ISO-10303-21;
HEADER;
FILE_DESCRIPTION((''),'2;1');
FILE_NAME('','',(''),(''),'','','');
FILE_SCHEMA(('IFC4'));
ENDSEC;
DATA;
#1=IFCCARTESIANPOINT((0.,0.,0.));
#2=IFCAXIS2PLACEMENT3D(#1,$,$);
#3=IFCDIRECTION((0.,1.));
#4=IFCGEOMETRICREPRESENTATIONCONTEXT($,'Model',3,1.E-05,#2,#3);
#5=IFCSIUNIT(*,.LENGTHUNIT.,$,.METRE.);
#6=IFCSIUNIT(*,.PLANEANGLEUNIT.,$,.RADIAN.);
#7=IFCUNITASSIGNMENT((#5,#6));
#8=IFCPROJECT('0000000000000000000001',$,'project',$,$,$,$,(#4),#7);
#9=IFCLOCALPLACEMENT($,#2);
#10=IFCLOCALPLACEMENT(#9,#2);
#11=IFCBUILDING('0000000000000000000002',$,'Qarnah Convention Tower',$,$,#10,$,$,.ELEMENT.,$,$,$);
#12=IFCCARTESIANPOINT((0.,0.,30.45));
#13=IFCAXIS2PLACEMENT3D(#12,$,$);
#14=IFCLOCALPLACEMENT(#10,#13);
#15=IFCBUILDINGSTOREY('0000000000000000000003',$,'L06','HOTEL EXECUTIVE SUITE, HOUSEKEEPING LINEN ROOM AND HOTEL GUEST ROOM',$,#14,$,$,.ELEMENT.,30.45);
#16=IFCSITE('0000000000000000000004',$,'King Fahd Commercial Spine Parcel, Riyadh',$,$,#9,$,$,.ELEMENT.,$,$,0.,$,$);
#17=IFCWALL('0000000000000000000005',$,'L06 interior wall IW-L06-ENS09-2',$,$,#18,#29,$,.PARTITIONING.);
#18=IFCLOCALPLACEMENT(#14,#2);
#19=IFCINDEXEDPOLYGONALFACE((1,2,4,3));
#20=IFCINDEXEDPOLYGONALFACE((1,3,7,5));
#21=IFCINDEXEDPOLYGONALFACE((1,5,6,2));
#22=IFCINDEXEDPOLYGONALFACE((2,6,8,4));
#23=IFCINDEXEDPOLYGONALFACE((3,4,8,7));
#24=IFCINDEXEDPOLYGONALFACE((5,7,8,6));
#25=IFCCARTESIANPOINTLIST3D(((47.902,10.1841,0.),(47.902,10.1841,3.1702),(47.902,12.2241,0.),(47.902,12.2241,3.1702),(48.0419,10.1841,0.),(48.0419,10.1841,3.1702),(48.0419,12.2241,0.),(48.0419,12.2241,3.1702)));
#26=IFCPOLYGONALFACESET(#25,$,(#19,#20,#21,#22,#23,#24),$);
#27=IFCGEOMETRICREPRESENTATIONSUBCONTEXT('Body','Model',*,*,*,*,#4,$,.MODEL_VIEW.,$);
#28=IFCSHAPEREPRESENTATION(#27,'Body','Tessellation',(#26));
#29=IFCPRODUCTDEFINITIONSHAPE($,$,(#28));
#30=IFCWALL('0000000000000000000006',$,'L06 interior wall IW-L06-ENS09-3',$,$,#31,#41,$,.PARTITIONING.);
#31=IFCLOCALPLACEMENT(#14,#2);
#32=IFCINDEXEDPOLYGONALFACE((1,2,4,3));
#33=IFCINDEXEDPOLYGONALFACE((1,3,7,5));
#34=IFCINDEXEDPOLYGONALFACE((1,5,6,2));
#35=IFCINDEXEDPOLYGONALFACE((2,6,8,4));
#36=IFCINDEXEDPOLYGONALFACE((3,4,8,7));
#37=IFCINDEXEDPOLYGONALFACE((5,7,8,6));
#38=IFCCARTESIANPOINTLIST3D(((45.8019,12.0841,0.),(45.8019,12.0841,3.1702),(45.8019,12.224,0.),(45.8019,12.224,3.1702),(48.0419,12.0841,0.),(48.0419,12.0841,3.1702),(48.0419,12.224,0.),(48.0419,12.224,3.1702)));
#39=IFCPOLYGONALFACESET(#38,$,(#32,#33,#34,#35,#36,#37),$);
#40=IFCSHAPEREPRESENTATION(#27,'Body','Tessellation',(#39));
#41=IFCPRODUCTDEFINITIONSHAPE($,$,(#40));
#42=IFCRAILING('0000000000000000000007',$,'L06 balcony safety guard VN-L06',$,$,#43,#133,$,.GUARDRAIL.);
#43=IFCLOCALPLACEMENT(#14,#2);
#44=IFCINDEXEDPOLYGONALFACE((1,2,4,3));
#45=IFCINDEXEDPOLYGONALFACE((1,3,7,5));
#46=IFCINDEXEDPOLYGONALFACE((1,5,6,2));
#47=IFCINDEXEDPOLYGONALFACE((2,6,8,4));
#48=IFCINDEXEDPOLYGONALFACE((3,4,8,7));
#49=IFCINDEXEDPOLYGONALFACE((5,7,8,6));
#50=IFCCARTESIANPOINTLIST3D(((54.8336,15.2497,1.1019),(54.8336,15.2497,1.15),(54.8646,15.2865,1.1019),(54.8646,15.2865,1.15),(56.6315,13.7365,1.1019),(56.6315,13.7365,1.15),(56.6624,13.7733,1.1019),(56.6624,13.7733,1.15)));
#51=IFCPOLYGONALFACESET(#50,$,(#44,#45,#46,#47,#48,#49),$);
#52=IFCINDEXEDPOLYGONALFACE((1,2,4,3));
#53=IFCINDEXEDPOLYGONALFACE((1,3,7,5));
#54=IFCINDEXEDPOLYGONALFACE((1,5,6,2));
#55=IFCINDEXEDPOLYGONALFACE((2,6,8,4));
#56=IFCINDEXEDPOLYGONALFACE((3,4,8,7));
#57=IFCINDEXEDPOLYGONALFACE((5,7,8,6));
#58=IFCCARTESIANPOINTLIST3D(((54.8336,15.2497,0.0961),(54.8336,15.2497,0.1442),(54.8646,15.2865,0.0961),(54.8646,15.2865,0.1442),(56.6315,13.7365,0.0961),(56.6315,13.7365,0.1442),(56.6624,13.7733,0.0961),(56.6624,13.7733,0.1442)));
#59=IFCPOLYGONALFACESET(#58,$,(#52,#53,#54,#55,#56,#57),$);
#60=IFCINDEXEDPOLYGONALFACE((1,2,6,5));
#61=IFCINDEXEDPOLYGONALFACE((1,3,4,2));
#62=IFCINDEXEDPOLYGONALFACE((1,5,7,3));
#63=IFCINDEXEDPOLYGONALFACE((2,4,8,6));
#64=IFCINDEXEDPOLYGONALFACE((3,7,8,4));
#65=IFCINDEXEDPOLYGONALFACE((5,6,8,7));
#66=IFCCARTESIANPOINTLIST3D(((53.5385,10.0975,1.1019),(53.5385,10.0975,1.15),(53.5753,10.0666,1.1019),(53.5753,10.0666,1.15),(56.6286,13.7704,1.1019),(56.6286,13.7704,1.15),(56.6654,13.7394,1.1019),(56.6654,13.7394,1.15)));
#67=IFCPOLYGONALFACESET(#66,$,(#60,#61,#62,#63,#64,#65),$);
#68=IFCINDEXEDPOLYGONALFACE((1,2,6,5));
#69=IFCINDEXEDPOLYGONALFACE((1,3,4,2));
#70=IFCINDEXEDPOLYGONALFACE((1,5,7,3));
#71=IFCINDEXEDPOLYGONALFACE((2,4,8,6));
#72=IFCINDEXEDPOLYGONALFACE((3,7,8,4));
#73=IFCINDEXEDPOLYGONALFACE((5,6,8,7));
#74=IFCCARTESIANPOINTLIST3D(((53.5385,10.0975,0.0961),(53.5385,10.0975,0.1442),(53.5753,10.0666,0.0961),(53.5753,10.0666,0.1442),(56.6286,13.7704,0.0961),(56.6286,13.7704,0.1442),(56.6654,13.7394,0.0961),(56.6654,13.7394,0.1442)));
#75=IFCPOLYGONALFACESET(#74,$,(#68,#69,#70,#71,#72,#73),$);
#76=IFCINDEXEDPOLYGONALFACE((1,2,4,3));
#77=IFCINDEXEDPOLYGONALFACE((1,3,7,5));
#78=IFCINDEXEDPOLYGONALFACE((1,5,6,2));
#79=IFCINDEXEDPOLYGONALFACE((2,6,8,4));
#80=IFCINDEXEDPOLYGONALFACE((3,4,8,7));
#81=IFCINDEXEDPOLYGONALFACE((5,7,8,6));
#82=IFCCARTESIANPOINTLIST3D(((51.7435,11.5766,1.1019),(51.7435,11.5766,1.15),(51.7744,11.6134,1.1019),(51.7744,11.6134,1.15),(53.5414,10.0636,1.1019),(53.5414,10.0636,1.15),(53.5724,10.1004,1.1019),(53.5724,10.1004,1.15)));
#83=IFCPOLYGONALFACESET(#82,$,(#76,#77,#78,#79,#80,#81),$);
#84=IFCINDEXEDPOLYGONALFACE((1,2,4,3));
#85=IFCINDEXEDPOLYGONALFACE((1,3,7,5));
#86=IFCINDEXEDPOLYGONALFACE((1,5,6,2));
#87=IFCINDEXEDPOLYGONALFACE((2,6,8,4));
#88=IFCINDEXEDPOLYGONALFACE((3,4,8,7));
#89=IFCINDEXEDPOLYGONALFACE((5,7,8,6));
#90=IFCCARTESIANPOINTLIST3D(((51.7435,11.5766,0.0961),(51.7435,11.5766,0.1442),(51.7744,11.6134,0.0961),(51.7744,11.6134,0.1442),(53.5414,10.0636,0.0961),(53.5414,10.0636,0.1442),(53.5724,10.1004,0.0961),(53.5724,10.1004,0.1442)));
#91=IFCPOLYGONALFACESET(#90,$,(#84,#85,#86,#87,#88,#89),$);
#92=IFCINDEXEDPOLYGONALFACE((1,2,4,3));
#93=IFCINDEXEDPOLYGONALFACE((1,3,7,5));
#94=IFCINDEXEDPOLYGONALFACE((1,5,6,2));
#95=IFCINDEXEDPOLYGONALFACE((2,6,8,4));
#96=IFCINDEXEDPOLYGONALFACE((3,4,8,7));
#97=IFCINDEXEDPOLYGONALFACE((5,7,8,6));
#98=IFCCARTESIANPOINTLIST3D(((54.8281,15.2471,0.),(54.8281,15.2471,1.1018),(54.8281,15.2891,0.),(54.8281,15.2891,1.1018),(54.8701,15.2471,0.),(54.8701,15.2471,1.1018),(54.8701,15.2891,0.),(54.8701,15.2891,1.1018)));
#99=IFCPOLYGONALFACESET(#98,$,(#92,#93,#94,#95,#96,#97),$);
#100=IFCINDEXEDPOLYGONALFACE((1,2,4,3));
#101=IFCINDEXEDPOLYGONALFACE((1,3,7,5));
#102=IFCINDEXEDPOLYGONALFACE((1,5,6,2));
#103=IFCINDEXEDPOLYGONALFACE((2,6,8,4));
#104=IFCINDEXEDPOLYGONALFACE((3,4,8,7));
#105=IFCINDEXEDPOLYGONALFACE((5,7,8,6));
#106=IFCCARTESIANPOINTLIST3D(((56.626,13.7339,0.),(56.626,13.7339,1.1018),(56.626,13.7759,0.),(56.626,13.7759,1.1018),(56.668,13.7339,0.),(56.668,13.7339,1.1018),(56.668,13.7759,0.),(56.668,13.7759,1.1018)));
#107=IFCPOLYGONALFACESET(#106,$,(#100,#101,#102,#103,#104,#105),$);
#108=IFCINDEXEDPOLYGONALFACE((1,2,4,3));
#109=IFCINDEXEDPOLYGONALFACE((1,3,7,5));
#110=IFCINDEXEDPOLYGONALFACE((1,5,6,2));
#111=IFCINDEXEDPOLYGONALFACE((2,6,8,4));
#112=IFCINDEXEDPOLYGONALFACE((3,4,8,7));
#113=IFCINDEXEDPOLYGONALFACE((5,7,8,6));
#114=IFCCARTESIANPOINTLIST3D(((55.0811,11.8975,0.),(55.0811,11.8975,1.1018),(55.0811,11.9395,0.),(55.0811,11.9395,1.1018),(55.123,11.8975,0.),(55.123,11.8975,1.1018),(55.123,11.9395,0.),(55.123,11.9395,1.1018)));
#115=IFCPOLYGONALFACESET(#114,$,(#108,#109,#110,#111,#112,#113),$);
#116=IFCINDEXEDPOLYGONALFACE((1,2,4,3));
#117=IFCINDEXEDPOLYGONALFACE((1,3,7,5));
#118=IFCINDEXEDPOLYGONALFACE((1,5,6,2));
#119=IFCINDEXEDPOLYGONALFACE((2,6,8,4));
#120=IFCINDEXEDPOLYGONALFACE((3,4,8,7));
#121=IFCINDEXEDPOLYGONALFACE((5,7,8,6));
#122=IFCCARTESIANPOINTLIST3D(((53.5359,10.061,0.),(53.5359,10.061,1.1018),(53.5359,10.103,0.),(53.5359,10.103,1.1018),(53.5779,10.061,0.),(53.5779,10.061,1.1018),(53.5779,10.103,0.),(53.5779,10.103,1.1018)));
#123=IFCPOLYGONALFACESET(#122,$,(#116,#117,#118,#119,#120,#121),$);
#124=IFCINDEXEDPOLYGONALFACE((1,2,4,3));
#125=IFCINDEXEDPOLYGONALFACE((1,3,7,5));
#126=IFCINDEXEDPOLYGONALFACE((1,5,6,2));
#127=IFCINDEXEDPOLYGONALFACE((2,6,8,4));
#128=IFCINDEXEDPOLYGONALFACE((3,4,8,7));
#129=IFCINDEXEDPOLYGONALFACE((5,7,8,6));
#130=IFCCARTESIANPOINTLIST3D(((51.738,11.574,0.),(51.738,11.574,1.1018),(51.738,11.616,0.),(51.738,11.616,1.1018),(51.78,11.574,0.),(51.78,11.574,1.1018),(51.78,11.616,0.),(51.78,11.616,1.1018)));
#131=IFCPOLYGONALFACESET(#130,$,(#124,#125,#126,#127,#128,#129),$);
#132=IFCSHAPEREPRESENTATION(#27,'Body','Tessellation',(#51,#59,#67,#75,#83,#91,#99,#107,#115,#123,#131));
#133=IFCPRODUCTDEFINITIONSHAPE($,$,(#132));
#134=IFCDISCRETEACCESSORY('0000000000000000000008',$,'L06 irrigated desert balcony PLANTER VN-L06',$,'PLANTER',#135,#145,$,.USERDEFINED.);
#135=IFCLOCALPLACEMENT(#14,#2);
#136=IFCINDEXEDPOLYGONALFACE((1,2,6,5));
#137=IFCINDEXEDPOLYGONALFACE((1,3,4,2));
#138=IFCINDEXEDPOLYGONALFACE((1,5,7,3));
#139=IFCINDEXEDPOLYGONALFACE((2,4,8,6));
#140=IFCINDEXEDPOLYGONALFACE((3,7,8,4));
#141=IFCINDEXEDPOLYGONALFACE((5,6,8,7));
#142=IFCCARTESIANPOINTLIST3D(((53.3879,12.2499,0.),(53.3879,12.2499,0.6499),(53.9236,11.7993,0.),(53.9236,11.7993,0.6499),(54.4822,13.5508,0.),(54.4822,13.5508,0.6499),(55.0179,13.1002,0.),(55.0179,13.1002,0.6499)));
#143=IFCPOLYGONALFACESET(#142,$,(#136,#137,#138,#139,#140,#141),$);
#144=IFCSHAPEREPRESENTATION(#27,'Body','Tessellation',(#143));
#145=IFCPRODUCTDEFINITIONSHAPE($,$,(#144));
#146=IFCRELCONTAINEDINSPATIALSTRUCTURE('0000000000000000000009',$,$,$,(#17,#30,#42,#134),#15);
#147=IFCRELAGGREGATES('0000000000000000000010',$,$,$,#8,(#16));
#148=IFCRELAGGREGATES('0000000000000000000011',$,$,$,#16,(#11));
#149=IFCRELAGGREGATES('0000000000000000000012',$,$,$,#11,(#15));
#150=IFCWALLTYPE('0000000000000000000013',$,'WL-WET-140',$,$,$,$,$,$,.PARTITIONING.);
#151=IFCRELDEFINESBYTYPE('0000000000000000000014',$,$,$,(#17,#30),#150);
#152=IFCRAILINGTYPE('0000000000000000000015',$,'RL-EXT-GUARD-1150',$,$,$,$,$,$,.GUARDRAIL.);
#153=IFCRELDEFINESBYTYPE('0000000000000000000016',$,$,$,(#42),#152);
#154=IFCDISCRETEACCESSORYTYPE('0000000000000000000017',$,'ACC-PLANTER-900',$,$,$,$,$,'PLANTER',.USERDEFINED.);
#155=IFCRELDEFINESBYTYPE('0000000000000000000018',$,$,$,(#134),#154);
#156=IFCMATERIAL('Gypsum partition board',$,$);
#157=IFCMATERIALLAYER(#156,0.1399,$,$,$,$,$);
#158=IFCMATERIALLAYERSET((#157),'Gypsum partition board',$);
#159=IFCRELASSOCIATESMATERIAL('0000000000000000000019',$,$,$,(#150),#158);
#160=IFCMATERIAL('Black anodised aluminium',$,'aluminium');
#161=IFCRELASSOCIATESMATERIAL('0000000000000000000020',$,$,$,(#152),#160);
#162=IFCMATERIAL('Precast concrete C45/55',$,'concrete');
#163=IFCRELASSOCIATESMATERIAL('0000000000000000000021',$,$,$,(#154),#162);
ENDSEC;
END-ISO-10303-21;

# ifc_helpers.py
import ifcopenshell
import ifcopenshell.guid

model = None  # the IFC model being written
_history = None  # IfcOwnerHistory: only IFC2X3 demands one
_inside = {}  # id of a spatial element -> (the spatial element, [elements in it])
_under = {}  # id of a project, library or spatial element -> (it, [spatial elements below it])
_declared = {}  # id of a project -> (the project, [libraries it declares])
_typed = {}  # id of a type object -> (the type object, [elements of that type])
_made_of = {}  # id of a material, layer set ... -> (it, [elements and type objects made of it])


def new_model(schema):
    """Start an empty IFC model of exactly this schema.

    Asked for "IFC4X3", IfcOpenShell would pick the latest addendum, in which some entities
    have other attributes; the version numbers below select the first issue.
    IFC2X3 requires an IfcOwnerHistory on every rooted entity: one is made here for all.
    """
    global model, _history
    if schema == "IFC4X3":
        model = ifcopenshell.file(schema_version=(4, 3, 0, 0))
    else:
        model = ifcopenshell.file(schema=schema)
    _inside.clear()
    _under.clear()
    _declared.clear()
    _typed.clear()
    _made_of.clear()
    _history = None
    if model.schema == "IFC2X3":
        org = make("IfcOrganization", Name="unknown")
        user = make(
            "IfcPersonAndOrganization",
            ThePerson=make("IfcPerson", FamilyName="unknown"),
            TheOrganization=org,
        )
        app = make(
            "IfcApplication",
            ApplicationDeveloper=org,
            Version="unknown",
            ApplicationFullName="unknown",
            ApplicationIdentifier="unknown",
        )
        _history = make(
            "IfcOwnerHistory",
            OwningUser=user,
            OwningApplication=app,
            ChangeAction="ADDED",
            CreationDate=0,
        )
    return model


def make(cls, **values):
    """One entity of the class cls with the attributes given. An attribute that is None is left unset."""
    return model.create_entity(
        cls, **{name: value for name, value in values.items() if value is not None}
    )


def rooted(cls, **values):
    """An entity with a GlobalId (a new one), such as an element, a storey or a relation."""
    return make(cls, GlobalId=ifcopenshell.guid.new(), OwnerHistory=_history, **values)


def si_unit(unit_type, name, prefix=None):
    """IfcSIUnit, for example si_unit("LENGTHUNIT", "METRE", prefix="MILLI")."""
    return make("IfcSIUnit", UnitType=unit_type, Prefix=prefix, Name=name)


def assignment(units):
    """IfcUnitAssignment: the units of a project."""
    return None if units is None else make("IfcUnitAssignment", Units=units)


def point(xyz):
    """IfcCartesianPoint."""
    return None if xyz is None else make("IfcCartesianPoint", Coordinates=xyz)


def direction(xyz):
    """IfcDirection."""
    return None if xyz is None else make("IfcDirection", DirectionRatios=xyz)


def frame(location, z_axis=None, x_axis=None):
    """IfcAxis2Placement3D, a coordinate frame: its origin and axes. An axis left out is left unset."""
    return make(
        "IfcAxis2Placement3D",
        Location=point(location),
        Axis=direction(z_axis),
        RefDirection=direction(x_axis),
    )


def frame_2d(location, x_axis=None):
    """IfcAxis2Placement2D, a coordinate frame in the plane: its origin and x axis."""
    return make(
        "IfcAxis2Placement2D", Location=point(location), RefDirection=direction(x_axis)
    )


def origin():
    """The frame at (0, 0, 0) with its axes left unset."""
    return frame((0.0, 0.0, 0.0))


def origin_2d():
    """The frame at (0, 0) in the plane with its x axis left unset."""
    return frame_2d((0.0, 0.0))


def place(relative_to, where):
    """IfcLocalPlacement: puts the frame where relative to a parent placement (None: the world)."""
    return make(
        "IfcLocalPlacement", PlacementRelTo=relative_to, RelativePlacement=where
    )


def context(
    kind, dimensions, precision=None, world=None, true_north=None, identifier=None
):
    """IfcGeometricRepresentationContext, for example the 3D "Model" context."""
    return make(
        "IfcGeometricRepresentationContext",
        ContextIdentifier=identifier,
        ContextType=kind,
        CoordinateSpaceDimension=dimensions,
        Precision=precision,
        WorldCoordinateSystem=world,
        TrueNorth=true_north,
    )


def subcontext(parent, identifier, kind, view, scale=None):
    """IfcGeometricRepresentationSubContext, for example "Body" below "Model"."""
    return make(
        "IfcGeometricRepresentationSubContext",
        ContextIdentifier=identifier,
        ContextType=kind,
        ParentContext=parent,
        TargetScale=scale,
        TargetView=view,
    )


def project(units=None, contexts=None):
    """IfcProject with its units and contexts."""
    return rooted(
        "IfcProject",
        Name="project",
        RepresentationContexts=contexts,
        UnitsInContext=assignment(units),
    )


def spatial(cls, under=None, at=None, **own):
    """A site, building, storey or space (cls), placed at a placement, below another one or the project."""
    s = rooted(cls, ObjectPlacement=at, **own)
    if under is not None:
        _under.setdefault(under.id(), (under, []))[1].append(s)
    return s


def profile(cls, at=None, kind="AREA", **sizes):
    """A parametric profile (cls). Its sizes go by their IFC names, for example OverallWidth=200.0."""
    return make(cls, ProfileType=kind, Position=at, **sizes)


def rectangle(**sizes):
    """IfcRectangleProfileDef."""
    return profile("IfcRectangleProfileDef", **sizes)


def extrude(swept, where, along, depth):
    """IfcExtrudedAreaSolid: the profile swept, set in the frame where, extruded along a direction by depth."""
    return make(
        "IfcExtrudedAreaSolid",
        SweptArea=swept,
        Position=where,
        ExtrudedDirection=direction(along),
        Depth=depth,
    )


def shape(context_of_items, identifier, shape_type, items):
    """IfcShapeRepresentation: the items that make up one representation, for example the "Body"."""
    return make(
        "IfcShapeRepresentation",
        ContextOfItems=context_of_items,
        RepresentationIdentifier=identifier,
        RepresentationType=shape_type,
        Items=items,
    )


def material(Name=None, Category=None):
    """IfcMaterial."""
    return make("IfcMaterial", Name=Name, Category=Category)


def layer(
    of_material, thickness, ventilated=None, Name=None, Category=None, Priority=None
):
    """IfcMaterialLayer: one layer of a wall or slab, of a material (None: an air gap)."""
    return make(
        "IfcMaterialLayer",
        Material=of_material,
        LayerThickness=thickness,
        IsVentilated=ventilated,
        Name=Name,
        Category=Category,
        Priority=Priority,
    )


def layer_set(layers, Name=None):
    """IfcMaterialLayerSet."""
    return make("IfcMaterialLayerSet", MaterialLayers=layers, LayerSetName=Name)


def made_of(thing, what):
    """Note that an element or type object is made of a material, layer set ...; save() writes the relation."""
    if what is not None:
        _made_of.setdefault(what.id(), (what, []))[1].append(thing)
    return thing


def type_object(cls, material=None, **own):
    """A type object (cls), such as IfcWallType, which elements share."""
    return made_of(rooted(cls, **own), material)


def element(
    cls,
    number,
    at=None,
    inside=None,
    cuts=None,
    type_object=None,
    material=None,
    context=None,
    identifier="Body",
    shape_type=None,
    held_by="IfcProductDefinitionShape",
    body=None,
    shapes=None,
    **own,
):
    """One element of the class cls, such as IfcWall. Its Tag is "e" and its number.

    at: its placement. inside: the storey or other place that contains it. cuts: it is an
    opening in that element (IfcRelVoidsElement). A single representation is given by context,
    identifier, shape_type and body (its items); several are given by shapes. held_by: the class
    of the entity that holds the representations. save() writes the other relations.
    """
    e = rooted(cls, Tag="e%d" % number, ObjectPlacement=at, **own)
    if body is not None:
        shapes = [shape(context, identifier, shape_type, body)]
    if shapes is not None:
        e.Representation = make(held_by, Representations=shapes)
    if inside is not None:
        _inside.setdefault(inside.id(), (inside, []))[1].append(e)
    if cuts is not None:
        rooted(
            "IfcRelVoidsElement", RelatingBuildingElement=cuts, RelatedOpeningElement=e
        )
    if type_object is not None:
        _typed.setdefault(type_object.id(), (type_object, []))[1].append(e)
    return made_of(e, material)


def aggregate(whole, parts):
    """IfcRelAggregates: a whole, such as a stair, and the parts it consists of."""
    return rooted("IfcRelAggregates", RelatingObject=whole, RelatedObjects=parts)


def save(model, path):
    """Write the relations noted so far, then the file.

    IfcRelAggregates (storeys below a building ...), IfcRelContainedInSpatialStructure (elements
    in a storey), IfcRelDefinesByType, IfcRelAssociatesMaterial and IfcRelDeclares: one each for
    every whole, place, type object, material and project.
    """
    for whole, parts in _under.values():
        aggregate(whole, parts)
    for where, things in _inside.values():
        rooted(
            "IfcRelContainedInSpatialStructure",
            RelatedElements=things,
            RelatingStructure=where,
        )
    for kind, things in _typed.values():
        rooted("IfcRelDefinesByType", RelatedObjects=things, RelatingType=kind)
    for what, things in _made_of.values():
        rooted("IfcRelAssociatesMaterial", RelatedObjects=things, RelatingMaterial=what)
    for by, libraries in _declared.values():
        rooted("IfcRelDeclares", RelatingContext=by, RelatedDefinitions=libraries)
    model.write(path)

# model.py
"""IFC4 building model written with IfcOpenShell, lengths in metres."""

from ifc_helpers import new_model, si_unit, direction, frame, frame_2d, origin, origin_2d, place, context, subcontext, project, spatial, rectangle, extrude, material, layer, layer_set, type_object, element, save


model = new_model("IFC4")

# Units and contexts
model_context = context("Model", 3, precision=1e-05, world=origin(), true_north=direction((0.0, 1.0)))
body_context = subcontext(model_context, "Body", "Model", "MODEL_VIEW")
ifc_project = project(units=[si_unit("LENGTHUNIT", "METRE"), si_unit("PLANEANGLEUNIT", "RADIAN")], contexts=[model_context])

# Site, building, storey
site_placement = place(None, origin())
site = spatial("IfcSite", under=ifc_project, at=site_placement, Name="King Fahd Commercial Spine Parcel, Riyadh", CompositionType="ELEMENT", RefElevation=0.0)
building_placement = place(site_placement, origin())
building = spatial("IfcBuilding", under=site, at=building_placement, Name="Qarnah Convention Tower", CompositionType="ELEMENT")
storey_placement = place(building_placement, frame((0.0, 0.0, 30.45)))
storey = spatial("IfcBuildingStorey", under=building, at=storey_placement, Name="L06", Description="HOTEL EXECUTIVE SUITE, HOUSEKEEPING LINEN ROOM AND HOTEL GUEST ROOM", CompositionType="ELEMENT", Elevation=30.45)

# Shared definitions
ifc_material_1 = material(Name="Black anodised aluminium", Category="aluminium")

# Shared definitions
ifc_material_2 = material(Name="Precast concrete C45/55", Category="concrete")
ifc_material_3 = material(Name="Gypsum partition board")

# Walls
ifc_layer_1 = layer(ifc_material_3, 0.1399)
ifc_layer_set_1 = layer_set([ifc_layer_1], Name="Gypsum partition board")
wall_type_1 = type_object("IfcWallType", Name="WL-WET-140", PredefinedType="PARTITIONING", material=ifc_layer_set_1)
wall_1_placement = place(storey_placement, frame((47.9719, 10.1841, 0.0), z_axis=(0.0, 0.0, 1.0), x_axis=(0.0, 1.0, 0.0)))
element("IfcWall", 1, at=wall_1_placement, inside=storey, type_object=wall_type_1, Name="L06 interior wall IW-L06-ENS09-2", PredefinedType="PARTITIONING", context=body_context, shape_type="SweptSolid", body=[
    extrude(rectangle(XDim=2.04, YDim=0.1399, at=frame_2d((1.02, 0.0))), origin(), (0.0, 0.0, 1.0), 3.1702),
])
wall_2_placement = place(storey_placement, frame((48.042, 12.1541, 0.0), z_axis=(0.0, 0.0, 1.0), x_axis=(-1.0, 0.0, 0.0)))
element("IfcWall", 2, at=wall_2_placement, inside=storey, type_object=wall_type_1, Name="L06 interior wall IW-L06-ENS09-3", PredefinedType="PARTITIONING", context=body_context, shape_type="SweptSolid", body=[
    extrude(rectangle(XDim=2.24, YDim=0.1399, at=frame_2d((1.1201, 0.0))), origin(), (0.0, 0.0, 1.0), 3.1702),
])

# Railing
railing_type = type_object("IfcRailingType", Name="RL-EXT-GUARD-1150", PredefinedType="GUARDRAIL", material=ifc_material_1)
railing_placement = place(storey_placement, frame((54.8491, 15.2681, 0.0)))
element("IfcRailing", 3, at=railing_placement, inside=storey, type_object=railing_type, Name="L06 balcony safety guard VN-L06", PredefinedType="GUARDRAIL", context=body_context, shape_type="SweptSolid", body=[
    extrude(rectangle(XDim=0.0481, YDim=0.0481, at=origin_2d()), frame((0.0, 0.0, 1.126), z_axis=(0.765078, -0.643937, 0.0), x_axis=(0.643937, 0.765078, 0.0)), (0.0, 0.0, 1.0), 2.3499),
    extrude(rectangle(XDim=0.0481, YDim=0.0481, at=origin_2d()), frame((0.0, 0.0, 0.1201), z_axis=(0.765078, -0.643937, 0.0), x_axis=(0.643937, 0.765078, 0.0)), (0.0, 0.0, 1.0), 2.3499),
    extrude(rectangle(XDim=0.0481, YDim=0.0481, at=origin_2d()), frame((1.7979, -1.5132, 1.126), z_axis=(-0.64379, -0.765203, 0.0), x_axis=(0.765203, -0.64379, 0.0)), (0.0, 0.0, 1.0), 4.7998),
    extrude(rectangle(XDim=0.0481, YDim=0.0481, at=origin_2d()), frame((1.7979, -1.5132, 0.1201), z_axis=(-0.64379, -0.765203, 0.0), x_axis=(0.765203, -0.64379, 0.0)), (0.0, 0.0, 1.0), 4.7998),
    extrude(rectangle(XDim=0.0481, YDim=0.0481, at=origin_2d()), frame((-1.2922, -5.186, 1.126), z_axis=(-0.765129, 0.643877, 0.0), x_axis=(-0.643877, -0.765129, 0.0)), (0.0, 0.0, 1.0), 2.3499),
    extrude(rectangle(XDim=0.0481, YDim=0.0481, at=origin_2d()), frame((-1.2922, -5.186, 0.1201), z_axis=(-0.765129, 0.643877, 0.0), x_axis=(-0.643877, -0.765129, 0.0)), (0.0, 0.0, 1.0), 2.3499),
    extrude(rectangle(XDim=0.042, YDim=0.042, at=origin_2d()), origin(), (0.0, 0.0, 1.0), 1.1018),
    extrude(rectangle(XDim=0.042, YDim=0.042, at=origin_2d()), frame((1.7979, -1.5132, 0.0)), (0.0, 0.0, 1.0), 1.1018),
    extrude(rectangle(XDim=0.042, YDim=0.042, at=origin_2d()), frame((0.2529, -3.3496, 0.0)), (0.0, 0.0, 1.0), 1.1018),
    extrude(rectangle(XDim=0.042, YDim=0.042, at=origin_2d()), frame((-1.2922, -5.186, 0.0)), (0.0, 0.0, 1.0), 1.1018),
    extrude(rectangle(XDim=0.042, YDim=0.042, at=origin_2d()), frame((-3.0901, -3.6731, 0.0)), (0.0, 0.0, 1.0), 1.1018),
])

# Discrete accessory
discrete_accessory_type = type_object("IfcDiscreteAccessoryType", Name="ACC-PLANTER-900", ElementType="PLANTER", PredefinedType="USERDEFINED", material=ifc_material_2)
discrete_accessory_placement = place(storey_placement, frame((54.2029, 12.675, 0.0), z_axis=(0.0, 0.0, 1.0), x_axis=(0.643723, 0.765259, 0.0)))
element("IfcDiscreteAccessory", 4, at=discrete_accessory_placement, inside=storey, type_object=discrete_accessory_type, Name="L06 irrigated desert balcony PLANTER VN-L06", ObjectType="PLANTER", PredefinedType="USERDEFINED", context=body_context, shape_type="SweptSolid", body=[
    extrude(rectangle(XDim=1.7, YDim=0.7, at=origin_2d()), origin(), (0.0, 0.0, 1.0), 0.6499),
])

save(model, "model.ifc")
